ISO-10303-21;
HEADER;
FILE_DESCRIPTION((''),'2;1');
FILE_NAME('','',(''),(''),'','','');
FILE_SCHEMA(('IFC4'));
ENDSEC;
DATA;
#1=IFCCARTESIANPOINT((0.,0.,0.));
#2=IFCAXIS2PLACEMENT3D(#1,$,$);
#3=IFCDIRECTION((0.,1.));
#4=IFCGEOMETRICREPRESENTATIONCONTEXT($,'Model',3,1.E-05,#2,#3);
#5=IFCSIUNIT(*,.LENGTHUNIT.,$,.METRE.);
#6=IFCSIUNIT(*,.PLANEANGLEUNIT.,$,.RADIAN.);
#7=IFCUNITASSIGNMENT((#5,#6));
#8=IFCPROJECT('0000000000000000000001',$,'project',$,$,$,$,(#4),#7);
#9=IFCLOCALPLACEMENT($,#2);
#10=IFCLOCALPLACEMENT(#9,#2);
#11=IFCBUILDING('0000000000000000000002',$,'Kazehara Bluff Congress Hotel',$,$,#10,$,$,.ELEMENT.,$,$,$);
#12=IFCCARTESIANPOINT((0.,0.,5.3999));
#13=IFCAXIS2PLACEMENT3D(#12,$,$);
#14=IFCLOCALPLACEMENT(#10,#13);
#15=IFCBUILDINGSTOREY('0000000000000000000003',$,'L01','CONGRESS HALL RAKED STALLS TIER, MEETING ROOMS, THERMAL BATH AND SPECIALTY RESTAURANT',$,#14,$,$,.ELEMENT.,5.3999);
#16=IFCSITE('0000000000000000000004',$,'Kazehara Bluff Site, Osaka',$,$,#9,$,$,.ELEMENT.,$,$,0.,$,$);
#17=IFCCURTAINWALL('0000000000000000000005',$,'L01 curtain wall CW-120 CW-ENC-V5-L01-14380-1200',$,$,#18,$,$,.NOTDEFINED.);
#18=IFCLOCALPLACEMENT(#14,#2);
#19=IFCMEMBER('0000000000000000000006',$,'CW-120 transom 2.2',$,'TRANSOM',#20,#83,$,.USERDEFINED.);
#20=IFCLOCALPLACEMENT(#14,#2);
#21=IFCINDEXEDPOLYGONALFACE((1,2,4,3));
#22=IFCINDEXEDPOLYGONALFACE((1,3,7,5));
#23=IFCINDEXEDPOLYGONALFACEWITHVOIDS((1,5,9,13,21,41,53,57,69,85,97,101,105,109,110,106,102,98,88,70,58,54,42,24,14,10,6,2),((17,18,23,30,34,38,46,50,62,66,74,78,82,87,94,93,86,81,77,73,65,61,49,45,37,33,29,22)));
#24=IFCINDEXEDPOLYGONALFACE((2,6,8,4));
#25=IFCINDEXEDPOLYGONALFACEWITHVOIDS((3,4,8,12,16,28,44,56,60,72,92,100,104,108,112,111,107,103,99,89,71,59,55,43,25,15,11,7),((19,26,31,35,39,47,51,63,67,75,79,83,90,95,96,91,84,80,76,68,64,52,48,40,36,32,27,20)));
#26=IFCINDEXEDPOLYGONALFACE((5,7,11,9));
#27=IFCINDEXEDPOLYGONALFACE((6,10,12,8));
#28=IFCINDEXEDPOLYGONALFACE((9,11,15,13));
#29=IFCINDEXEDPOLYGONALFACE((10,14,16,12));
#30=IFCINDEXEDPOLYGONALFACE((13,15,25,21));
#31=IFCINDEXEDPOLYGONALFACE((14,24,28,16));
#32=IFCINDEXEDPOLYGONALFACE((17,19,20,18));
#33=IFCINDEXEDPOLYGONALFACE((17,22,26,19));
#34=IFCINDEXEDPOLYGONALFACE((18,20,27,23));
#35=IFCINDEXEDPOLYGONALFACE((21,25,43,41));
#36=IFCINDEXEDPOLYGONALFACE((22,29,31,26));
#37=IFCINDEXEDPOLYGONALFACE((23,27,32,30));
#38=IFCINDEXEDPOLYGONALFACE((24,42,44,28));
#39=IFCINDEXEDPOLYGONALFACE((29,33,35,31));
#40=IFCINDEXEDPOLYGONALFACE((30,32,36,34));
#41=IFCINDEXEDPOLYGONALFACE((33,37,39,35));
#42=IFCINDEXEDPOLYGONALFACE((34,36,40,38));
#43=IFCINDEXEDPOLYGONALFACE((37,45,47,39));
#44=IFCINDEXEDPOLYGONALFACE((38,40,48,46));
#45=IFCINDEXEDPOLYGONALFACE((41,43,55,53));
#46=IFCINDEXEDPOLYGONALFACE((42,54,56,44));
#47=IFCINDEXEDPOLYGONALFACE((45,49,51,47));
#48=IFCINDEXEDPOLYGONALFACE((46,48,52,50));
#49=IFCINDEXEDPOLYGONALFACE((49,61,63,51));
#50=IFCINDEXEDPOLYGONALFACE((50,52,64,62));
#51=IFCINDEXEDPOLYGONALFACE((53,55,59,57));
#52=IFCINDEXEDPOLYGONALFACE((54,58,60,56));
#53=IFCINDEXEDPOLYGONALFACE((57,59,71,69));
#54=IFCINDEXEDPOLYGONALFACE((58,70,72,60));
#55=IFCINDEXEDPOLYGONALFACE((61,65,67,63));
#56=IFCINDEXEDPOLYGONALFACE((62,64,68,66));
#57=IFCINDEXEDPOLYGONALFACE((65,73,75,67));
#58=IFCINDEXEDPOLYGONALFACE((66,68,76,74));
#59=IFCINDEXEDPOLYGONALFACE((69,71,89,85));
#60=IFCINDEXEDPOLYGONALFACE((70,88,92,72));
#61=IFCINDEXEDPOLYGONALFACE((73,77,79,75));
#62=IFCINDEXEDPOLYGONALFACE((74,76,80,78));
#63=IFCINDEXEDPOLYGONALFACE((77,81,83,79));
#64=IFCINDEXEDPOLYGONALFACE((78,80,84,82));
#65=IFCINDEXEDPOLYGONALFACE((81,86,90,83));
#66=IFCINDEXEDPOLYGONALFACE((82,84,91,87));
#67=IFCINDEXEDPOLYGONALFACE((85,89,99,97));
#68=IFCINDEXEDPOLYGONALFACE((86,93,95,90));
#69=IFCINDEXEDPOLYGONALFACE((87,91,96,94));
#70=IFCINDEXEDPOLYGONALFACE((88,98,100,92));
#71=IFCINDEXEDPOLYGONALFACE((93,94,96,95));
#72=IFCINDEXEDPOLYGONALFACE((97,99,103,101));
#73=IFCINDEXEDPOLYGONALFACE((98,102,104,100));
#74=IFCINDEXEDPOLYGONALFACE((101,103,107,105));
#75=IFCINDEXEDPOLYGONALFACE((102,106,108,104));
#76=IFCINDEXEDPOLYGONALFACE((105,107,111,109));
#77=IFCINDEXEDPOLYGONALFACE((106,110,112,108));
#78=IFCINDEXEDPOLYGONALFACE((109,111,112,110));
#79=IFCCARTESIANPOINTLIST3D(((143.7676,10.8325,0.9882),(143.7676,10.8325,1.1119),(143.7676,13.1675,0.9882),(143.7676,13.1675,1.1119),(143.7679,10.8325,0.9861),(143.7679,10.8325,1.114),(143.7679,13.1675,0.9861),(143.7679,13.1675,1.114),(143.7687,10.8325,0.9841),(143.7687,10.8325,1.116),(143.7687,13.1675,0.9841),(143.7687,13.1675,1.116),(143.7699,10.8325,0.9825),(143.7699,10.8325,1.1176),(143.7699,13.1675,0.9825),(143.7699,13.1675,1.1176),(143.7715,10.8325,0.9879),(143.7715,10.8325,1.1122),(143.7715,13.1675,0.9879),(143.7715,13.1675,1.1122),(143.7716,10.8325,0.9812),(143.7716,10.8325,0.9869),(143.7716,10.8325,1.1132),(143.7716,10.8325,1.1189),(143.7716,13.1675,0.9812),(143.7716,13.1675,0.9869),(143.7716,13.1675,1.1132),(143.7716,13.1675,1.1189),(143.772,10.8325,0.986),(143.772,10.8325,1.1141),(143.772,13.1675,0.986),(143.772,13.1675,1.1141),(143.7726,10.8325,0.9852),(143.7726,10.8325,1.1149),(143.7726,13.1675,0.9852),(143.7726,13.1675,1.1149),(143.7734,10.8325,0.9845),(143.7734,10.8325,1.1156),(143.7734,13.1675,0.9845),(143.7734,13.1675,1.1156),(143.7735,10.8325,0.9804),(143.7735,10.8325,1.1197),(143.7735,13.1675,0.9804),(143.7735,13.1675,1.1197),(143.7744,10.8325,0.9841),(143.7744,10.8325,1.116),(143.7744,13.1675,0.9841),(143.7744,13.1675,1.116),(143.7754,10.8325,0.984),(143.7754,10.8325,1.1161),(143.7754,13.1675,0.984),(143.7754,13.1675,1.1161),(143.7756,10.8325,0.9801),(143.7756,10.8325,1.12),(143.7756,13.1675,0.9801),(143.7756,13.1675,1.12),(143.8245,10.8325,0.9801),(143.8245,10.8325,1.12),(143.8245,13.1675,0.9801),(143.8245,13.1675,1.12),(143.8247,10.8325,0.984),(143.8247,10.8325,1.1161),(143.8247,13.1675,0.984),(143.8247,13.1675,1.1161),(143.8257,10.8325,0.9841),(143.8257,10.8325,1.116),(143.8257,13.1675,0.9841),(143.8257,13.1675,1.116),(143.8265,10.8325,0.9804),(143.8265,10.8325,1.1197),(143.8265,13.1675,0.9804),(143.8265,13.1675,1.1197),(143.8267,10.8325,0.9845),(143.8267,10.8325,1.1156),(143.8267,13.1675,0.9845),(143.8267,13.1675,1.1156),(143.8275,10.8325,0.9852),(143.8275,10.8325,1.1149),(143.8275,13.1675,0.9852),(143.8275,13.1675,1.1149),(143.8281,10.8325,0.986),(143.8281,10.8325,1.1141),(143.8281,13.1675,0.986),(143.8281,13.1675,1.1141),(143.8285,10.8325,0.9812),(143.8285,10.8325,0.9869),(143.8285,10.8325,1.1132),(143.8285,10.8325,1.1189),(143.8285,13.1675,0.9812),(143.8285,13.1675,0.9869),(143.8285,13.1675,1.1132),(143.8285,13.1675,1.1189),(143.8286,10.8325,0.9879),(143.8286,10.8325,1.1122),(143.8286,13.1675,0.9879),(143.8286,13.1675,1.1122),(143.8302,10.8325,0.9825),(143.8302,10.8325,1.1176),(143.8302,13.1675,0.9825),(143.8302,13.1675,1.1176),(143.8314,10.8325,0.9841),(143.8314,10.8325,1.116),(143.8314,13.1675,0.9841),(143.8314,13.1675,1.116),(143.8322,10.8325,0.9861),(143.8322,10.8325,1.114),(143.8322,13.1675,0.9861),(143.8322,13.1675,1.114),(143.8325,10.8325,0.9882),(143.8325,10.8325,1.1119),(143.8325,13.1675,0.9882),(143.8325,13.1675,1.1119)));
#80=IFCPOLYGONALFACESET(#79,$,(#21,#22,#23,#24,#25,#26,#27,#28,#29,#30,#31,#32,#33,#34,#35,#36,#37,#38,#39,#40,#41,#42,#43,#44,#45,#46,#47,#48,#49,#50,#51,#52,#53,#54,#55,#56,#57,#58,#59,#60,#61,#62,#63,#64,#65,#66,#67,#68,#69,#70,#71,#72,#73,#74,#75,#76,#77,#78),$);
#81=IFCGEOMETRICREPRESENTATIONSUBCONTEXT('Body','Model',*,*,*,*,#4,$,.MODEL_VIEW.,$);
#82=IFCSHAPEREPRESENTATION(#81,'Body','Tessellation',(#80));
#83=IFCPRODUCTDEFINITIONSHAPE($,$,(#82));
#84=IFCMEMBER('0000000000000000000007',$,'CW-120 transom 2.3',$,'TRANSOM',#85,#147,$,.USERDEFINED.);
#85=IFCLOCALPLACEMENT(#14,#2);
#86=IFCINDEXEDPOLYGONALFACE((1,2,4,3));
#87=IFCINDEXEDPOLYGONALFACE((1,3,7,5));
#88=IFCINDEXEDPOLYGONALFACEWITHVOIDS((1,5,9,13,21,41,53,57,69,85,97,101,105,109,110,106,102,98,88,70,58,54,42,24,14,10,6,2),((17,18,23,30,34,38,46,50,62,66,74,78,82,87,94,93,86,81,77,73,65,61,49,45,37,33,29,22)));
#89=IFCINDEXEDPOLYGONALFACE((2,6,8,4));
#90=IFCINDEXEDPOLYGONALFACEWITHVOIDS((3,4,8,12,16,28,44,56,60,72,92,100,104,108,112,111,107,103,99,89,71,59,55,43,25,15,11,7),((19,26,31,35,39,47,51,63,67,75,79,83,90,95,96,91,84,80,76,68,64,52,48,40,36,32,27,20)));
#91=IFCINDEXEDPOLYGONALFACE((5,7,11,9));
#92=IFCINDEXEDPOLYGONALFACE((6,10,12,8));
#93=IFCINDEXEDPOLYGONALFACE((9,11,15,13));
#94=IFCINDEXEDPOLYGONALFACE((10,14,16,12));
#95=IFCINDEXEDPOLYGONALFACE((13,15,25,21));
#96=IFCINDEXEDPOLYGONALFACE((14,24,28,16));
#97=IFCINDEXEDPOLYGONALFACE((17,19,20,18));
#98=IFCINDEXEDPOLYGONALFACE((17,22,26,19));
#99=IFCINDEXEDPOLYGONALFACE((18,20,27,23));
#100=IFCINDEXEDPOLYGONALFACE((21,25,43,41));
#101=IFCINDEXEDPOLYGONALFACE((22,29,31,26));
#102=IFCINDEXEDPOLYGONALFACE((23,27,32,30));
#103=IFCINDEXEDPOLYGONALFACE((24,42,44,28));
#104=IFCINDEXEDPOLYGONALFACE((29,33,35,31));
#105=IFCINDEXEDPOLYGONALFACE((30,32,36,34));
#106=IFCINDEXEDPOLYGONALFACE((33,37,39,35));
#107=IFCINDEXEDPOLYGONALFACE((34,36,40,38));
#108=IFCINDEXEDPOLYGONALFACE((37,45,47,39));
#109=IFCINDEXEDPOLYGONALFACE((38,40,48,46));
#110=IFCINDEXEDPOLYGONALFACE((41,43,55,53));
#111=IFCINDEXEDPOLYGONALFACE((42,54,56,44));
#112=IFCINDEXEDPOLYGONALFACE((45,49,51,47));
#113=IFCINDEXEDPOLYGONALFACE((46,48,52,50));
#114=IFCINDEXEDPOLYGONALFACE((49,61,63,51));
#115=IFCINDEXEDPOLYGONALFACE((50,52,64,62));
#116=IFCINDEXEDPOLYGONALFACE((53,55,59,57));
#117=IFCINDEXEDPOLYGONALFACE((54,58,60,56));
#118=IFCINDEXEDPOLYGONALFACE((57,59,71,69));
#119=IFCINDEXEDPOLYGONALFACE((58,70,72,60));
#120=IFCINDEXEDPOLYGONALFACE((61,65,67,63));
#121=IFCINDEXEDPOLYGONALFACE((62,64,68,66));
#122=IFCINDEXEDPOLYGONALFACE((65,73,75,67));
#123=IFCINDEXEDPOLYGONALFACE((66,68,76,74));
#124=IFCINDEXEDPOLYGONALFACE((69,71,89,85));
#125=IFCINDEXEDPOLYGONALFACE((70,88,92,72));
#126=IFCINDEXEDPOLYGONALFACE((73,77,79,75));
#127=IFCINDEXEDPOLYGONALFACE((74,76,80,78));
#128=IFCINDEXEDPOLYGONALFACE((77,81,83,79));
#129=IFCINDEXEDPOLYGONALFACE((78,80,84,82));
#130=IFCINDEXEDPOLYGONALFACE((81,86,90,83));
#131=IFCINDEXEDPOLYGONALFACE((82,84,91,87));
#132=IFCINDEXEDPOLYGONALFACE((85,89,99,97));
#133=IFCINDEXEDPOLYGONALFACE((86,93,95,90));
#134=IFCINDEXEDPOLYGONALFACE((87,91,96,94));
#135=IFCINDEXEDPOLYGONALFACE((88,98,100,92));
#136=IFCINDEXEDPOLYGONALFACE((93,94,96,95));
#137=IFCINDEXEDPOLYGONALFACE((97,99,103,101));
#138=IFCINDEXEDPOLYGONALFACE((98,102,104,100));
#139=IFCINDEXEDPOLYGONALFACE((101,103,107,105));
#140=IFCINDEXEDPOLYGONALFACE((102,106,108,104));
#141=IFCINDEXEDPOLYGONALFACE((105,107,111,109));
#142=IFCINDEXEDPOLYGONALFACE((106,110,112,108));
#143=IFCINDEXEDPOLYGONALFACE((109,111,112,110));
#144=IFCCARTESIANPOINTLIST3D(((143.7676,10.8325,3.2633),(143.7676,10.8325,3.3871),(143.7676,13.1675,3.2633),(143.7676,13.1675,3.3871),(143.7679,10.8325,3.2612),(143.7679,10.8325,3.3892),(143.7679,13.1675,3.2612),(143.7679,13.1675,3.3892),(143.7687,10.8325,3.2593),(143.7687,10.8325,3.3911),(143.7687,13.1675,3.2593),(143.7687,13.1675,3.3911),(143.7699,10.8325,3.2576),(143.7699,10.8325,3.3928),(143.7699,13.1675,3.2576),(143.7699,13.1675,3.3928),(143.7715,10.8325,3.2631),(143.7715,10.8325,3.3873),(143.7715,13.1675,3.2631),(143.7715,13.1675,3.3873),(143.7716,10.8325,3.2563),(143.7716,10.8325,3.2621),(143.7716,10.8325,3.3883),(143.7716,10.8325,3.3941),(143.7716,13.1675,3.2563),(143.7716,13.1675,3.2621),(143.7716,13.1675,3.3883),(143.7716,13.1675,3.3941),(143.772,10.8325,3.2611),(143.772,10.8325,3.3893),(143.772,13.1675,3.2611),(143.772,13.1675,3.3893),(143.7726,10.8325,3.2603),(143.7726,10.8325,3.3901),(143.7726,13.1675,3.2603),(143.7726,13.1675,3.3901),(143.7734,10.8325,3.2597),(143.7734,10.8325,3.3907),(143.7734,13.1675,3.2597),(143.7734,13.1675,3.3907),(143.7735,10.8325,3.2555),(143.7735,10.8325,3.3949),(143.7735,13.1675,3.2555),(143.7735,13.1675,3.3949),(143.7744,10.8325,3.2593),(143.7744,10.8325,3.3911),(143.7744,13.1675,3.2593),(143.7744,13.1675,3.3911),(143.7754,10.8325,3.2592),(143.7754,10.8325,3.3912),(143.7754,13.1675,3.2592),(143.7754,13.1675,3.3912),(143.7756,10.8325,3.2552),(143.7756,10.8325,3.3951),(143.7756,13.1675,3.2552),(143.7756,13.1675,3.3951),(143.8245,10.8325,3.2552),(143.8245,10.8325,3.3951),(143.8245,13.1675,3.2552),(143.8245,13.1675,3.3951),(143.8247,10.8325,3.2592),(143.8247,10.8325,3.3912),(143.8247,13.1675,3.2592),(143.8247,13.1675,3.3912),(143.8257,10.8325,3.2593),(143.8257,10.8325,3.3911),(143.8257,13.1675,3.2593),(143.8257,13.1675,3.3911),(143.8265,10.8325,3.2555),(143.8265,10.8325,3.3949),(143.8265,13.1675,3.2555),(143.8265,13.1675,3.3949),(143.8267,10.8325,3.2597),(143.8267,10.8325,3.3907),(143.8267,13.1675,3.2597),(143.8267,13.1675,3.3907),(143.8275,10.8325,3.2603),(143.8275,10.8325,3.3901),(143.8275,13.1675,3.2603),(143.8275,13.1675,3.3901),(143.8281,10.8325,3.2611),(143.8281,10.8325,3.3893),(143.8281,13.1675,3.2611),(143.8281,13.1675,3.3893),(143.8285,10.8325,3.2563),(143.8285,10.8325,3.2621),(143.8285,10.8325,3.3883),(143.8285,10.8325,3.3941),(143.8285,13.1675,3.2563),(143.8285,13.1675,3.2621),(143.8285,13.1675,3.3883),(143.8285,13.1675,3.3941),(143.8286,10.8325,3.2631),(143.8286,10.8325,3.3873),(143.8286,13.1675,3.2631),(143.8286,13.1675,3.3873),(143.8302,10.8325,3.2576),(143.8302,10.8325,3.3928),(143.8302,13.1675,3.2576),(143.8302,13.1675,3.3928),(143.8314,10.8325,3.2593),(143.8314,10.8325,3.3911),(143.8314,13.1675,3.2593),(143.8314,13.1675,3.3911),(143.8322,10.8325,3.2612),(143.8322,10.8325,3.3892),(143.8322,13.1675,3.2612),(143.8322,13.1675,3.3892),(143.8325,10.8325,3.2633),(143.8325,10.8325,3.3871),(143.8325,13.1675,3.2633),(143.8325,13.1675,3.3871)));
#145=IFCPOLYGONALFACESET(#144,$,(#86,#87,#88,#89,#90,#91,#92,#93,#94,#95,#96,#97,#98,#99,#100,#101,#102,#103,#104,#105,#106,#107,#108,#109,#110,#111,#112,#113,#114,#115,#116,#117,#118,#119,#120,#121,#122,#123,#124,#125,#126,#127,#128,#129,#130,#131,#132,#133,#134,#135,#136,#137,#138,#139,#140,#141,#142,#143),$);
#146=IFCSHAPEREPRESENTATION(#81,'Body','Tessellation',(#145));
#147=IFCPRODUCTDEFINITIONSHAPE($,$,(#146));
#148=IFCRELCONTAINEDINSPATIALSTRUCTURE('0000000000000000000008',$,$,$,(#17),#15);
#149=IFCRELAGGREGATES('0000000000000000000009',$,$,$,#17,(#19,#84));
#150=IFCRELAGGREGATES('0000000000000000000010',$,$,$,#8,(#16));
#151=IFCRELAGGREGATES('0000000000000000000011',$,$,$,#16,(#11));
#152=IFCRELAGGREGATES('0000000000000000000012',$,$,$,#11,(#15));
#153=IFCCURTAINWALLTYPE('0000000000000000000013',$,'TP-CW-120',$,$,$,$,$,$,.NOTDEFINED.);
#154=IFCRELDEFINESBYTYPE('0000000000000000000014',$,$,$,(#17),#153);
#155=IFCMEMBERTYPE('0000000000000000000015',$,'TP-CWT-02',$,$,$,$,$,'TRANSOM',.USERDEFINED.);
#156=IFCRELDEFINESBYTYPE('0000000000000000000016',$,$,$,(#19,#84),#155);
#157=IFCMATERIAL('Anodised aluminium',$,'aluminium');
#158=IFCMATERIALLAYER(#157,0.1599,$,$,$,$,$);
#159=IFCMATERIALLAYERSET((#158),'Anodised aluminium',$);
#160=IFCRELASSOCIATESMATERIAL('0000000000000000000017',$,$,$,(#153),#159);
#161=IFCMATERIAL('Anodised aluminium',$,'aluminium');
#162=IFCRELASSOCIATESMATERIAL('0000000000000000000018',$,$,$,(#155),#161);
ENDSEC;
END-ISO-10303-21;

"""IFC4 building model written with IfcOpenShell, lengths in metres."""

from ifc_helpers import new_model, si_unit, direction, frame, origin, origin_2d, place, context, subcontext, project, spatial, hollow_rectangle, extrude, material, layer, layer_set, material_profile, profile_set, type_object, element, aggregate, save


model = new_model("IFC4")

# Units and contexts
model_context = context("Model", 3, precision=1e-05, world=origin(), true_north=direction((0.0, 1.0)))
body_context = subcontext(model_context, "Body", "Model", "MODEL_VIEW")
ifc_project = project(units=[si_unit("LENGTHUNIT", "METRE"), si_unit("PLANEANGLEUNIT", "RADIAN")], contexts=[model_context])

# Site, building, storey
site_placement = place(None, origin())
site = spatial("IfcSite", under=ifc_project, at=site_placement, Name="Kazehara Bluff Site, Osaka", CompositionType="ELEMENT", RefElevation=0.0)
building_placement = place(site_placement, origin())
building = spatial("IfcBuilding", under=site, at=building_placement, Name="Kazehara Bluff Congress Hotel", CompositionType="ELEMENT")
storey_placement = place(building_placement, frame((0.0, 0.0, 5.3999)))
storey = spatial("IfcBuildingStorey", under=building, at=storey_placement, Name="L01", Description="CONGRESS HALL RAKED STALLS TIER, MEETING ROOMS, THERMAL BATH AND SPECIALTY RESTAURANT", CompositionType="ELEMENT", Elevation=5.3999)

# Curtain wall
ifc_material_1 = material(Name="Anodised aluminium", Category="aluminium")
ifc_layer_1 = layer(ifc_material_1, 0.1599)
ifc_layer_set_1 = layer_set([ifc_layer_1], Name="Anodised aluminium")
curtain_wall_type_1 = type_object("IfcCurtainWallType", Name="TP-CW-120", PredefinedType="NOTDEFINED", material=ifc_layer_set_1)
curtain_wall_1_placement = place(storey_placement, origin())
curtain_wall_1 = element("IfcCurtainWall", 1, at=curtain_wall_1_placement, inside=storey, type_object=curtain_wall_type_1, Name="L01 curtain wall CW-120 CW-ENC-V5-L01-14380-1200", PredefinedType="NOTDEFINED")

# Members
ifc_material_2 = material(Name="Anodised aluminium", Category="aluminium")
ifc_material_profile_1 = material_profile(ifc_material_2, hollow_rectangle(XDim=0.0649, YDim=0.1399, WallThickness=0.0039, InnerFilletRadius=0.0039, OuterFilletRadius=0.0081, at=origin_2d()))
ifc_profile_set_1 = profile_set([ifc_material_profile_1], Name="Anodised aluminium")
member_type_1 = type_object("IfcMemberType", Name="TP-CWT-02", ElementType="TRANSOM", PredefinedType="USERDEFINED", material=ifc_profile_set_1)
member_1_placement = place(storey_placement, frame((143.8, 10.8325, 1.05), z_axis=(0.0, 1.0, 0.0), x_axis=(-1.0, 0.0, 0.0)))
member_1 = element("IfcMember", 2, at=member_1_placement, type_object=member_type_1, Name="CW-120 transom 2.2", ObjectType="TRANSOM", PredefinedType="USERDEFINED", context=body_context, shape_type="SweptSolid", body=[
    extrude(hollow_rectangle(XDim=0.0649, YDim=0.1399, WallThickness=0.0039, InnerFilletRadius=0.0039, OuterFilletRadius=0.0081, at=origin_2d()), origin(), (0.0, 0.0, 1.0), 2.335),
])
member_2_placement = place(storey_placement, frame((143.8, 10.8325, 3.3252), z_axis=(0.0, 1.0, 0.0), x_axis=(-1.0, 0.0, 0.0)))
member_2 = element("IfcMember", 3, at=member_2_placement, type_object=member_type_1, Name="CW-120 transom 2.3", ObjectType="TRANSOM", PredefinedType="USERDEFINED", context=body_context, shape_type="SweptSolid", body=[
    extrude(hollow_rectangle(XDim=0.0649, YDim=0.1399, WallThickness=0.0039, InnerFilletRadius=0.0039, OuterFilletRadius=0.0081, at=origin_2d()), origin(), (0.0, 0.0, 1.0), 2.335),
])

aggregate(curtain_wall_1, [member_1, member_2])

save(model, "model.ifc")
